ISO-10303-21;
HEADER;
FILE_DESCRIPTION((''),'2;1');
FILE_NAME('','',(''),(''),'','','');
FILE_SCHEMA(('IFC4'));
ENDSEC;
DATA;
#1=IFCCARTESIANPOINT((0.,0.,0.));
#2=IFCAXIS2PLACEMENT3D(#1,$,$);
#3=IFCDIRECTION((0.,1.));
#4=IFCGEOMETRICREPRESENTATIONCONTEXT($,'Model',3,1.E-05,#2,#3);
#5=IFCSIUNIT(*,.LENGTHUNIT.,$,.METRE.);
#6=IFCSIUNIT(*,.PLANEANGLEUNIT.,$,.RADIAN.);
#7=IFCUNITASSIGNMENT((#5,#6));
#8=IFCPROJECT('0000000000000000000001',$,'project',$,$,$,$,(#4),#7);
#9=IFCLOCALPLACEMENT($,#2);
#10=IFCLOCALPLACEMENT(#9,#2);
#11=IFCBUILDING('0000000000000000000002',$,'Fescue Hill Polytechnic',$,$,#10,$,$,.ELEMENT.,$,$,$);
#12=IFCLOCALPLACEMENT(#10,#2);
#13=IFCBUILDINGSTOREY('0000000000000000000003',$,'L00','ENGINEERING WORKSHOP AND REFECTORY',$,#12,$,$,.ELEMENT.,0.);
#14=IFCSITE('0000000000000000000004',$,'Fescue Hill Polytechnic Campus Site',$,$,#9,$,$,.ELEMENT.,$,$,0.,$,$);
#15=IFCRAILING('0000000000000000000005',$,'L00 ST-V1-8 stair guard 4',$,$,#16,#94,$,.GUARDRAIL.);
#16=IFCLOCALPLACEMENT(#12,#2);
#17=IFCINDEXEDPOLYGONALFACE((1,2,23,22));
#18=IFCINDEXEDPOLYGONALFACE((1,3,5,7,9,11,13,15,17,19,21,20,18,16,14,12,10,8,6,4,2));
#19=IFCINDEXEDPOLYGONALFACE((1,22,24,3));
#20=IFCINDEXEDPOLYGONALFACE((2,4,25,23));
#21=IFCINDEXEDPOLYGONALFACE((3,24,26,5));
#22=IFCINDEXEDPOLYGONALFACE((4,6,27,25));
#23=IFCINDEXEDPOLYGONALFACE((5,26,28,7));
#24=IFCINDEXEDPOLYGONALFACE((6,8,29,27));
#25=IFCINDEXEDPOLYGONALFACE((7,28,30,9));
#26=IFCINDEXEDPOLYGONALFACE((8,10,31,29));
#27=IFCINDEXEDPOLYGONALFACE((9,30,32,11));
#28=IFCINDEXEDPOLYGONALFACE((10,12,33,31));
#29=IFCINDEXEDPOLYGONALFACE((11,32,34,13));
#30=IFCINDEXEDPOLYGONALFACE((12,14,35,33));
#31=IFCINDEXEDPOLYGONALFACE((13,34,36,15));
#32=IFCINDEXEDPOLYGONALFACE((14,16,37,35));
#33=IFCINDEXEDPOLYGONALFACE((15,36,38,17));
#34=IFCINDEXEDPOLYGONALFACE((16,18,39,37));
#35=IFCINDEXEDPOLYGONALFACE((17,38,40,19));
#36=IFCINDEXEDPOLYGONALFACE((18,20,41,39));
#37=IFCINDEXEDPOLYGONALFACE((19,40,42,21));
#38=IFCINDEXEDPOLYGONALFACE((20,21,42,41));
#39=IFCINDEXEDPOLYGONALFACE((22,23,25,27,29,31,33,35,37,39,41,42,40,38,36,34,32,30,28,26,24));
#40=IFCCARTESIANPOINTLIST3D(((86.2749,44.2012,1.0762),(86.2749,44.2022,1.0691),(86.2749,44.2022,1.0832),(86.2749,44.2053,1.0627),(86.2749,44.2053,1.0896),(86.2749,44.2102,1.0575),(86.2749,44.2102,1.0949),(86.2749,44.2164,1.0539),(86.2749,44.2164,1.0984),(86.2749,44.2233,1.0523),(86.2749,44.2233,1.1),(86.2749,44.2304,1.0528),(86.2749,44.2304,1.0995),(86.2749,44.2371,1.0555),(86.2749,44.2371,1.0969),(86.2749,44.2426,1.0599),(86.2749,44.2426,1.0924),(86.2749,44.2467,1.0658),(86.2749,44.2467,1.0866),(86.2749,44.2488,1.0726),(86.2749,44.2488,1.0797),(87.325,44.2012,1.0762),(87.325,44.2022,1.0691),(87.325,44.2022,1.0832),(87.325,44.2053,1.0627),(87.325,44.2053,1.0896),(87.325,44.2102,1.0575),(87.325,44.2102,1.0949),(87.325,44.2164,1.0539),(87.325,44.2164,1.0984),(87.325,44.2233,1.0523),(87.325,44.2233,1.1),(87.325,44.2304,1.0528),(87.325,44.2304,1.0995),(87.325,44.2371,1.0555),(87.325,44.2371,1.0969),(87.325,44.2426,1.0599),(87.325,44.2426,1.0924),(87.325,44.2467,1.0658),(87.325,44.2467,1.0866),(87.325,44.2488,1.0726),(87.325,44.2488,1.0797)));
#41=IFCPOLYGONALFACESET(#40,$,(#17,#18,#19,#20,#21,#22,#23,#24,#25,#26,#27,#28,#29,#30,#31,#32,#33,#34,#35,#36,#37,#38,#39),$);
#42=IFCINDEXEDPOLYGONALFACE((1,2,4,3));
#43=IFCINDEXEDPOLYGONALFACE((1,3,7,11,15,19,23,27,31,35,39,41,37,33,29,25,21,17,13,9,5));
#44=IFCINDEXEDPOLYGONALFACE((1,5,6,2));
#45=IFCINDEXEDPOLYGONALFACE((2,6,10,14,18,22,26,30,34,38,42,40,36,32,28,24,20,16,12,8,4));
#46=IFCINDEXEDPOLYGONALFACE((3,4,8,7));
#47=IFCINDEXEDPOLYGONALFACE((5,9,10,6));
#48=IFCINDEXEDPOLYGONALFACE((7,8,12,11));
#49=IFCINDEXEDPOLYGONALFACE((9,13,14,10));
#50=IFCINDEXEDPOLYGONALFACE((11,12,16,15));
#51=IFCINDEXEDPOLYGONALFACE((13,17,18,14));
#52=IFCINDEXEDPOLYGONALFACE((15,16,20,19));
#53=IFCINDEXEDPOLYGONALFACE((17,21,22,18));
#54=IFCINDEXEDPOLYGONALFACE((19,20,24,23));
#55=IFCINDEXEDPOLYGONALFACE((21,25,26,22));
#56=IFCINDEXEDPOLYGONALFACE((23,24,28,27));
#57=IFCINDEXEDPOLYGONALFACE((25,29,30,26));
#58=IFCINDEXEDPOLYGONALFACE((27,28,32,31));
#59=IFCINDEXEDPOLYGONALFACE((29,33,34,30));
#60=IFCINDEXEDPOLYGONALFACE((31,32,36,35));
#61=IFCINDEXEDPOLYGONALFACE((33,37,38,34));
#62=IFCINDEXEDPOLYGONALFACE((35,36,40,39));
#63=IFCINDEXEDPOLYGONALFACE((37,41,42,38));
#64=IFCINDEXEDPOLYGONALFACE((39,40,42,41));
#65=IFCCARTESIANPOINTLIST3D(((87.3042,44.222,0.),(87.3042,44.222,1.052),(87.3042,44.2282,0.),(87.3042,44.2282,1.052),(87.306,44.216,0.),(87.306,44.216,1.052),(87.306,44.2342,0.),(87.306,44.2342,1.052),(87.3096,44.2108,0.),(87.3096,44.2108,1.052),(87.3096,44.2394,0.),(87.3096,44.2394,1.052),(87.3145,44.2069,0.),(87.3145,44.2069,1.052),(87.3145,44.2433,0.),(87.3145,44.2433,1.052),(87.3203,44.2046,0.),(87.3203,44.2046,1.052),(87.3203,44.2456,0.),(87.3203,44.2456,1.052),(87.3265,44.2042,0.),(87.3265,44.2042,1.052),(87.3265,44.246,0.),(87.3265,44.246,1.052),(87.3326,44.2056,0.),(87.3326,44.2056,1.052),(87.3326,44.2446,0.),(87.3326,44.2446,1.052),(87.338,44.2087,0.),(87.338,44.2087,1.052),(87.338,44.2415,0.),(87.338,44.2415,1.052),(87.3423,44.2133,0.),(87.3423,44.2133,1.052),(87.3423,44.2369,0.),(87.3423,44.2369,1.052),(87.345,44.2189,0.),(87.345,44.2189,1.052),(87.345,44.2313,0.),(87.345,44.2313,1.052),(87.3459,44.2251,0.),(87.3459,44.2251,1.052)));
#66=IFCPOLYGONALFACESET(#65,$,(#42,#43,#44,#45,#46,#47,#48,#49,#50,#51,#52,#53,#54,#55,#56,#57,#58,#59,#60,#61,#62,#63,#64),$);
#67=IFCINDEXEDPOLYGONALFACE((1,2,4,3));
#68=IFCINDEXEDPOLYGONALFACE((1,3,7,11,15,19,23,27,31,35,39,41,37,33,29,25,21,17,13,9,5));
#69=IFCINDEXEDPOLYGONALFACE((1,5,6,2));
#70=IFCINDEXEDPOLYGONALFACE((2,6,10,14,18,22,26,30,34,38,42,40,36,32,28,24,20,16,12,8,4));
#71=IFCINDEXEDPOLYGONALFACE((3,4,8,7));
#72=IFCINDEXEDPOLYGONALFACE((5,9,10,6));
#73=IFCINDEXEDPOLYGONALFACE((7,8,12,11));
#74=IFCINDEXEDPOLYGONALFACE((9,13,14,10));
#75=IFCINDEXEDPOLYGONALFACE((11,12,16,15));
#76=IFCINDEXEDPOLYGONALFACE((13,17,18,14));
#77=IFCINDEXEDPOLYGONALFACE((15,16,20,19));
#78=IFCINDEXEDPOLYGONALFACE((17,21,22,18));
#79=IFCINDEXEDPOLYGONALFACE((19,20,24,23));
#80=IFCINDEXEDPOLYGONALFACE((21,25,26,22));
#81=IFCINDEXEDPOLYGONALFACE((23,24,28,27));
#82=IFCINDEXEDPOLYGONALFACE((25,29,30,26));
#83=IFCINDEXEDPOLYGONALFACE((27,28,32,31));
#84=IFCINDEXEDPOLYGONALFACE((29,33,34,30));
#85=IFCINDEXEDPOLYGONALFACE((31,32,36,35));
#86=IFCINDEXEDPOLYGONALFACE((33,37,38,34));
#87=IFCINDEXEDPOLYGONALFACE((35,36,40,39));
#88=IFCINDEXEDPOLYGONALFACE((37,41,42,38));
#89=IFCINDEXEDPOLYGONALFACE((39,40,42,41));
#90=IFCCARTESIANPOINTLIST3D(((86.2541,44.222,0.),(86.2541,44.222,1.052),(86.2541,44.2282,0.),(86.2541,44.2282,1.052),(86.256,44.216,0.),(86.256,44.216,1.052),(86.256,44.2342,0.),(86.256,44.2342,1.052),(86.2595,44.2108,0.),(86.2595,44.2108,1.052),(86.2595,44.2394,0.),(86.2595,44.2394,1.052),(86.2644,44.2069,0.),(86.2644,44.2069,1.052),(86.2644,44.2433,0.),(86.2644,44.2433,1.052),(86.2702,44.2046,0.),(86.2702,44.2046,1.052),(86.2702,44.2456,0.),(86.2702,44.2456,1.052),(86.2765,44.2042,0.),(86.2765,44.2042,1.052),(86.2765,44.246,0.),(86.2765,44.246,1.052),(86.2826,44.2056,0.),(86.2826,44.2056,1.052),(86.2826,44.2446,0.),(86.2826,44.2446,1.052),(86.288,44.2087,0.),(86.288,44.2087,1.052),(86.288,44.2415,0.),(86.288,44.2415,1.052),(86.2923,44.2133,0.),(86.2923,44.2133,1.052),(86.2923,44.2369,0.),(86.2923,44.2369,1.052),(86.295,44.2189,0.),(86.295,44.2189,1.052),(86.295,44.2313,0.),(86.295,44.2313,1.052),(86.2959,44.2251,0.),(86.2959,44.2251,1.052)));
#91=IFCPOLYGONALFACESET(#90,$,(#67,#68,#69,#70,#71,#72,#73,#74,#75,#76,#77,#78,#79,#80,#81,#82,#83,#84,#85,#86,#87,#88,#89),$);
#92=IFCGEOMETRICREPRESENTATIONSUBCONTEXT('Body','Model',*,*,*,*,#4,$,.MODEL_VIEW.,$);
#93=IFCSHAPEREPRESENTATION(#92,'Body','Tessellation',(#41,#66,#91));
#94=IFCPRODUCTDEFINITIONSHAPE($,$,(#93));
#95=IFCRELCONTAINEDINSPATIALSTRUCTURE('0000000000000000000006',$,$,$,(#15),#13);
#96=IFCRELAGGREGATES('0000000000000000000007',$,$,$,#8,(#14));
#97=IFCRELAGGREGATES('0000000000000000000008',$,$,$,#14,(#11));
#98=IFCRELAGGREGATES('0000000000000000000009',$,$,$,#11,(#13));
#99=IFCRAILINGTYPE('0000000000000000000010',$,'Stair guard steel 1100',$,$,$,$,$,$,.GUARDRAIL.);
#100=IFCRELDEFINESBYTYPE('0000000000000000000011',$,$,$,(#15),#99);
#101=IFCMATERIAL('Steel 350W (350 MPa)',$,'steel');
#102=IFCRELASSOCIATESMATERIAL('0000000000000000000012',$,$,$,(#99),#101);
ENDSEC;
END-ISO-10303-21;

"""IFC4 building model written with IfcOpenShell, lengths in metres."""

from ifc_helpers import new_model, si_unit, direction, frame, origin, origin_2d, place, context, subcontext, project, spatial, circle, extrude, material, type_object, element, save


model = new_model("IFC4")

# Units and contexts
model_context = context("Model", 3, precision=1e-05, world=origin(), true_north=direction((0.0, 1.0)))
body_context = subcontext(model_context, "Body", "Model", "MODEL_VIEW")
ifc_project = project(units=[si_unit("LENGTHUNIT", "METRE"), si_unit("PLANEANGLEUNIT", "RADIAN")], contexts=[model_context])

# Site, building, storey
site_placement = place(None, origin())
site = spatial("IfcSite", under=ifc_project, at=site_placement, Name="Fescue Hill Polytechnic Campus Site", CompositionType="ELEMENT", RefElevation=0.0)
building_placement = place(site_placement, origin())
building = spatial("IfcBuilding", under=site, at=building_placement, Name="Fescue Hill Polytechnic", CompositionType="ELEMENT")
storey_placement = place(building_placement, origin())
storey = spatial("IfcBuildingStorey", under=building, at=storey_placement, Name="L00", Description="ENGINEERING WORKSHOP AND REFECTORY", CompositionType="ELEMENT", Elevation=0.0)

# Railing
ifc_material_1 = material(Name="Steel 350W (350 MPa)", Category="steel")
railing_type_1 = type_object("IfcRailingType", Name="Stair guard steel 1100", PredefinedType="GUARDRAIL", material=ifc_material_1)
railing_1_placement = place(storey_placement, frame((87.325, 44.2251, 0.0)))
element("IfcRailing", 1, at=railing_1_placement, inside=storey, type_object=railing_type_1, Name="L00 ST-V1-8 stair guard 4", PredefinedType="GUARDRAIL", context=body_context, shape_type="SweptSolid", body=[
    extrude(circle(Radius=0.0239, at=origin_2d()), frame((0.0, 0.0, 1.0762), z_axis=(-1.0, 0.0, 0.0), x_axis=(0.0, -1.0, 0.0)), (0.0, 0.0, 1.0), 1.05),
    extrude(circle(Radius=0.021, at=origin_2d()), origin(), (0.0, 0.0, 1.0), 1.052),
    extrude(circle(Radius=0.021, at=origin_2d()), frame((-1.05, 0.0, 0.0)), (0.0, 0.0, 1.0), 1.052),
])

save(model, "model.ifc")
